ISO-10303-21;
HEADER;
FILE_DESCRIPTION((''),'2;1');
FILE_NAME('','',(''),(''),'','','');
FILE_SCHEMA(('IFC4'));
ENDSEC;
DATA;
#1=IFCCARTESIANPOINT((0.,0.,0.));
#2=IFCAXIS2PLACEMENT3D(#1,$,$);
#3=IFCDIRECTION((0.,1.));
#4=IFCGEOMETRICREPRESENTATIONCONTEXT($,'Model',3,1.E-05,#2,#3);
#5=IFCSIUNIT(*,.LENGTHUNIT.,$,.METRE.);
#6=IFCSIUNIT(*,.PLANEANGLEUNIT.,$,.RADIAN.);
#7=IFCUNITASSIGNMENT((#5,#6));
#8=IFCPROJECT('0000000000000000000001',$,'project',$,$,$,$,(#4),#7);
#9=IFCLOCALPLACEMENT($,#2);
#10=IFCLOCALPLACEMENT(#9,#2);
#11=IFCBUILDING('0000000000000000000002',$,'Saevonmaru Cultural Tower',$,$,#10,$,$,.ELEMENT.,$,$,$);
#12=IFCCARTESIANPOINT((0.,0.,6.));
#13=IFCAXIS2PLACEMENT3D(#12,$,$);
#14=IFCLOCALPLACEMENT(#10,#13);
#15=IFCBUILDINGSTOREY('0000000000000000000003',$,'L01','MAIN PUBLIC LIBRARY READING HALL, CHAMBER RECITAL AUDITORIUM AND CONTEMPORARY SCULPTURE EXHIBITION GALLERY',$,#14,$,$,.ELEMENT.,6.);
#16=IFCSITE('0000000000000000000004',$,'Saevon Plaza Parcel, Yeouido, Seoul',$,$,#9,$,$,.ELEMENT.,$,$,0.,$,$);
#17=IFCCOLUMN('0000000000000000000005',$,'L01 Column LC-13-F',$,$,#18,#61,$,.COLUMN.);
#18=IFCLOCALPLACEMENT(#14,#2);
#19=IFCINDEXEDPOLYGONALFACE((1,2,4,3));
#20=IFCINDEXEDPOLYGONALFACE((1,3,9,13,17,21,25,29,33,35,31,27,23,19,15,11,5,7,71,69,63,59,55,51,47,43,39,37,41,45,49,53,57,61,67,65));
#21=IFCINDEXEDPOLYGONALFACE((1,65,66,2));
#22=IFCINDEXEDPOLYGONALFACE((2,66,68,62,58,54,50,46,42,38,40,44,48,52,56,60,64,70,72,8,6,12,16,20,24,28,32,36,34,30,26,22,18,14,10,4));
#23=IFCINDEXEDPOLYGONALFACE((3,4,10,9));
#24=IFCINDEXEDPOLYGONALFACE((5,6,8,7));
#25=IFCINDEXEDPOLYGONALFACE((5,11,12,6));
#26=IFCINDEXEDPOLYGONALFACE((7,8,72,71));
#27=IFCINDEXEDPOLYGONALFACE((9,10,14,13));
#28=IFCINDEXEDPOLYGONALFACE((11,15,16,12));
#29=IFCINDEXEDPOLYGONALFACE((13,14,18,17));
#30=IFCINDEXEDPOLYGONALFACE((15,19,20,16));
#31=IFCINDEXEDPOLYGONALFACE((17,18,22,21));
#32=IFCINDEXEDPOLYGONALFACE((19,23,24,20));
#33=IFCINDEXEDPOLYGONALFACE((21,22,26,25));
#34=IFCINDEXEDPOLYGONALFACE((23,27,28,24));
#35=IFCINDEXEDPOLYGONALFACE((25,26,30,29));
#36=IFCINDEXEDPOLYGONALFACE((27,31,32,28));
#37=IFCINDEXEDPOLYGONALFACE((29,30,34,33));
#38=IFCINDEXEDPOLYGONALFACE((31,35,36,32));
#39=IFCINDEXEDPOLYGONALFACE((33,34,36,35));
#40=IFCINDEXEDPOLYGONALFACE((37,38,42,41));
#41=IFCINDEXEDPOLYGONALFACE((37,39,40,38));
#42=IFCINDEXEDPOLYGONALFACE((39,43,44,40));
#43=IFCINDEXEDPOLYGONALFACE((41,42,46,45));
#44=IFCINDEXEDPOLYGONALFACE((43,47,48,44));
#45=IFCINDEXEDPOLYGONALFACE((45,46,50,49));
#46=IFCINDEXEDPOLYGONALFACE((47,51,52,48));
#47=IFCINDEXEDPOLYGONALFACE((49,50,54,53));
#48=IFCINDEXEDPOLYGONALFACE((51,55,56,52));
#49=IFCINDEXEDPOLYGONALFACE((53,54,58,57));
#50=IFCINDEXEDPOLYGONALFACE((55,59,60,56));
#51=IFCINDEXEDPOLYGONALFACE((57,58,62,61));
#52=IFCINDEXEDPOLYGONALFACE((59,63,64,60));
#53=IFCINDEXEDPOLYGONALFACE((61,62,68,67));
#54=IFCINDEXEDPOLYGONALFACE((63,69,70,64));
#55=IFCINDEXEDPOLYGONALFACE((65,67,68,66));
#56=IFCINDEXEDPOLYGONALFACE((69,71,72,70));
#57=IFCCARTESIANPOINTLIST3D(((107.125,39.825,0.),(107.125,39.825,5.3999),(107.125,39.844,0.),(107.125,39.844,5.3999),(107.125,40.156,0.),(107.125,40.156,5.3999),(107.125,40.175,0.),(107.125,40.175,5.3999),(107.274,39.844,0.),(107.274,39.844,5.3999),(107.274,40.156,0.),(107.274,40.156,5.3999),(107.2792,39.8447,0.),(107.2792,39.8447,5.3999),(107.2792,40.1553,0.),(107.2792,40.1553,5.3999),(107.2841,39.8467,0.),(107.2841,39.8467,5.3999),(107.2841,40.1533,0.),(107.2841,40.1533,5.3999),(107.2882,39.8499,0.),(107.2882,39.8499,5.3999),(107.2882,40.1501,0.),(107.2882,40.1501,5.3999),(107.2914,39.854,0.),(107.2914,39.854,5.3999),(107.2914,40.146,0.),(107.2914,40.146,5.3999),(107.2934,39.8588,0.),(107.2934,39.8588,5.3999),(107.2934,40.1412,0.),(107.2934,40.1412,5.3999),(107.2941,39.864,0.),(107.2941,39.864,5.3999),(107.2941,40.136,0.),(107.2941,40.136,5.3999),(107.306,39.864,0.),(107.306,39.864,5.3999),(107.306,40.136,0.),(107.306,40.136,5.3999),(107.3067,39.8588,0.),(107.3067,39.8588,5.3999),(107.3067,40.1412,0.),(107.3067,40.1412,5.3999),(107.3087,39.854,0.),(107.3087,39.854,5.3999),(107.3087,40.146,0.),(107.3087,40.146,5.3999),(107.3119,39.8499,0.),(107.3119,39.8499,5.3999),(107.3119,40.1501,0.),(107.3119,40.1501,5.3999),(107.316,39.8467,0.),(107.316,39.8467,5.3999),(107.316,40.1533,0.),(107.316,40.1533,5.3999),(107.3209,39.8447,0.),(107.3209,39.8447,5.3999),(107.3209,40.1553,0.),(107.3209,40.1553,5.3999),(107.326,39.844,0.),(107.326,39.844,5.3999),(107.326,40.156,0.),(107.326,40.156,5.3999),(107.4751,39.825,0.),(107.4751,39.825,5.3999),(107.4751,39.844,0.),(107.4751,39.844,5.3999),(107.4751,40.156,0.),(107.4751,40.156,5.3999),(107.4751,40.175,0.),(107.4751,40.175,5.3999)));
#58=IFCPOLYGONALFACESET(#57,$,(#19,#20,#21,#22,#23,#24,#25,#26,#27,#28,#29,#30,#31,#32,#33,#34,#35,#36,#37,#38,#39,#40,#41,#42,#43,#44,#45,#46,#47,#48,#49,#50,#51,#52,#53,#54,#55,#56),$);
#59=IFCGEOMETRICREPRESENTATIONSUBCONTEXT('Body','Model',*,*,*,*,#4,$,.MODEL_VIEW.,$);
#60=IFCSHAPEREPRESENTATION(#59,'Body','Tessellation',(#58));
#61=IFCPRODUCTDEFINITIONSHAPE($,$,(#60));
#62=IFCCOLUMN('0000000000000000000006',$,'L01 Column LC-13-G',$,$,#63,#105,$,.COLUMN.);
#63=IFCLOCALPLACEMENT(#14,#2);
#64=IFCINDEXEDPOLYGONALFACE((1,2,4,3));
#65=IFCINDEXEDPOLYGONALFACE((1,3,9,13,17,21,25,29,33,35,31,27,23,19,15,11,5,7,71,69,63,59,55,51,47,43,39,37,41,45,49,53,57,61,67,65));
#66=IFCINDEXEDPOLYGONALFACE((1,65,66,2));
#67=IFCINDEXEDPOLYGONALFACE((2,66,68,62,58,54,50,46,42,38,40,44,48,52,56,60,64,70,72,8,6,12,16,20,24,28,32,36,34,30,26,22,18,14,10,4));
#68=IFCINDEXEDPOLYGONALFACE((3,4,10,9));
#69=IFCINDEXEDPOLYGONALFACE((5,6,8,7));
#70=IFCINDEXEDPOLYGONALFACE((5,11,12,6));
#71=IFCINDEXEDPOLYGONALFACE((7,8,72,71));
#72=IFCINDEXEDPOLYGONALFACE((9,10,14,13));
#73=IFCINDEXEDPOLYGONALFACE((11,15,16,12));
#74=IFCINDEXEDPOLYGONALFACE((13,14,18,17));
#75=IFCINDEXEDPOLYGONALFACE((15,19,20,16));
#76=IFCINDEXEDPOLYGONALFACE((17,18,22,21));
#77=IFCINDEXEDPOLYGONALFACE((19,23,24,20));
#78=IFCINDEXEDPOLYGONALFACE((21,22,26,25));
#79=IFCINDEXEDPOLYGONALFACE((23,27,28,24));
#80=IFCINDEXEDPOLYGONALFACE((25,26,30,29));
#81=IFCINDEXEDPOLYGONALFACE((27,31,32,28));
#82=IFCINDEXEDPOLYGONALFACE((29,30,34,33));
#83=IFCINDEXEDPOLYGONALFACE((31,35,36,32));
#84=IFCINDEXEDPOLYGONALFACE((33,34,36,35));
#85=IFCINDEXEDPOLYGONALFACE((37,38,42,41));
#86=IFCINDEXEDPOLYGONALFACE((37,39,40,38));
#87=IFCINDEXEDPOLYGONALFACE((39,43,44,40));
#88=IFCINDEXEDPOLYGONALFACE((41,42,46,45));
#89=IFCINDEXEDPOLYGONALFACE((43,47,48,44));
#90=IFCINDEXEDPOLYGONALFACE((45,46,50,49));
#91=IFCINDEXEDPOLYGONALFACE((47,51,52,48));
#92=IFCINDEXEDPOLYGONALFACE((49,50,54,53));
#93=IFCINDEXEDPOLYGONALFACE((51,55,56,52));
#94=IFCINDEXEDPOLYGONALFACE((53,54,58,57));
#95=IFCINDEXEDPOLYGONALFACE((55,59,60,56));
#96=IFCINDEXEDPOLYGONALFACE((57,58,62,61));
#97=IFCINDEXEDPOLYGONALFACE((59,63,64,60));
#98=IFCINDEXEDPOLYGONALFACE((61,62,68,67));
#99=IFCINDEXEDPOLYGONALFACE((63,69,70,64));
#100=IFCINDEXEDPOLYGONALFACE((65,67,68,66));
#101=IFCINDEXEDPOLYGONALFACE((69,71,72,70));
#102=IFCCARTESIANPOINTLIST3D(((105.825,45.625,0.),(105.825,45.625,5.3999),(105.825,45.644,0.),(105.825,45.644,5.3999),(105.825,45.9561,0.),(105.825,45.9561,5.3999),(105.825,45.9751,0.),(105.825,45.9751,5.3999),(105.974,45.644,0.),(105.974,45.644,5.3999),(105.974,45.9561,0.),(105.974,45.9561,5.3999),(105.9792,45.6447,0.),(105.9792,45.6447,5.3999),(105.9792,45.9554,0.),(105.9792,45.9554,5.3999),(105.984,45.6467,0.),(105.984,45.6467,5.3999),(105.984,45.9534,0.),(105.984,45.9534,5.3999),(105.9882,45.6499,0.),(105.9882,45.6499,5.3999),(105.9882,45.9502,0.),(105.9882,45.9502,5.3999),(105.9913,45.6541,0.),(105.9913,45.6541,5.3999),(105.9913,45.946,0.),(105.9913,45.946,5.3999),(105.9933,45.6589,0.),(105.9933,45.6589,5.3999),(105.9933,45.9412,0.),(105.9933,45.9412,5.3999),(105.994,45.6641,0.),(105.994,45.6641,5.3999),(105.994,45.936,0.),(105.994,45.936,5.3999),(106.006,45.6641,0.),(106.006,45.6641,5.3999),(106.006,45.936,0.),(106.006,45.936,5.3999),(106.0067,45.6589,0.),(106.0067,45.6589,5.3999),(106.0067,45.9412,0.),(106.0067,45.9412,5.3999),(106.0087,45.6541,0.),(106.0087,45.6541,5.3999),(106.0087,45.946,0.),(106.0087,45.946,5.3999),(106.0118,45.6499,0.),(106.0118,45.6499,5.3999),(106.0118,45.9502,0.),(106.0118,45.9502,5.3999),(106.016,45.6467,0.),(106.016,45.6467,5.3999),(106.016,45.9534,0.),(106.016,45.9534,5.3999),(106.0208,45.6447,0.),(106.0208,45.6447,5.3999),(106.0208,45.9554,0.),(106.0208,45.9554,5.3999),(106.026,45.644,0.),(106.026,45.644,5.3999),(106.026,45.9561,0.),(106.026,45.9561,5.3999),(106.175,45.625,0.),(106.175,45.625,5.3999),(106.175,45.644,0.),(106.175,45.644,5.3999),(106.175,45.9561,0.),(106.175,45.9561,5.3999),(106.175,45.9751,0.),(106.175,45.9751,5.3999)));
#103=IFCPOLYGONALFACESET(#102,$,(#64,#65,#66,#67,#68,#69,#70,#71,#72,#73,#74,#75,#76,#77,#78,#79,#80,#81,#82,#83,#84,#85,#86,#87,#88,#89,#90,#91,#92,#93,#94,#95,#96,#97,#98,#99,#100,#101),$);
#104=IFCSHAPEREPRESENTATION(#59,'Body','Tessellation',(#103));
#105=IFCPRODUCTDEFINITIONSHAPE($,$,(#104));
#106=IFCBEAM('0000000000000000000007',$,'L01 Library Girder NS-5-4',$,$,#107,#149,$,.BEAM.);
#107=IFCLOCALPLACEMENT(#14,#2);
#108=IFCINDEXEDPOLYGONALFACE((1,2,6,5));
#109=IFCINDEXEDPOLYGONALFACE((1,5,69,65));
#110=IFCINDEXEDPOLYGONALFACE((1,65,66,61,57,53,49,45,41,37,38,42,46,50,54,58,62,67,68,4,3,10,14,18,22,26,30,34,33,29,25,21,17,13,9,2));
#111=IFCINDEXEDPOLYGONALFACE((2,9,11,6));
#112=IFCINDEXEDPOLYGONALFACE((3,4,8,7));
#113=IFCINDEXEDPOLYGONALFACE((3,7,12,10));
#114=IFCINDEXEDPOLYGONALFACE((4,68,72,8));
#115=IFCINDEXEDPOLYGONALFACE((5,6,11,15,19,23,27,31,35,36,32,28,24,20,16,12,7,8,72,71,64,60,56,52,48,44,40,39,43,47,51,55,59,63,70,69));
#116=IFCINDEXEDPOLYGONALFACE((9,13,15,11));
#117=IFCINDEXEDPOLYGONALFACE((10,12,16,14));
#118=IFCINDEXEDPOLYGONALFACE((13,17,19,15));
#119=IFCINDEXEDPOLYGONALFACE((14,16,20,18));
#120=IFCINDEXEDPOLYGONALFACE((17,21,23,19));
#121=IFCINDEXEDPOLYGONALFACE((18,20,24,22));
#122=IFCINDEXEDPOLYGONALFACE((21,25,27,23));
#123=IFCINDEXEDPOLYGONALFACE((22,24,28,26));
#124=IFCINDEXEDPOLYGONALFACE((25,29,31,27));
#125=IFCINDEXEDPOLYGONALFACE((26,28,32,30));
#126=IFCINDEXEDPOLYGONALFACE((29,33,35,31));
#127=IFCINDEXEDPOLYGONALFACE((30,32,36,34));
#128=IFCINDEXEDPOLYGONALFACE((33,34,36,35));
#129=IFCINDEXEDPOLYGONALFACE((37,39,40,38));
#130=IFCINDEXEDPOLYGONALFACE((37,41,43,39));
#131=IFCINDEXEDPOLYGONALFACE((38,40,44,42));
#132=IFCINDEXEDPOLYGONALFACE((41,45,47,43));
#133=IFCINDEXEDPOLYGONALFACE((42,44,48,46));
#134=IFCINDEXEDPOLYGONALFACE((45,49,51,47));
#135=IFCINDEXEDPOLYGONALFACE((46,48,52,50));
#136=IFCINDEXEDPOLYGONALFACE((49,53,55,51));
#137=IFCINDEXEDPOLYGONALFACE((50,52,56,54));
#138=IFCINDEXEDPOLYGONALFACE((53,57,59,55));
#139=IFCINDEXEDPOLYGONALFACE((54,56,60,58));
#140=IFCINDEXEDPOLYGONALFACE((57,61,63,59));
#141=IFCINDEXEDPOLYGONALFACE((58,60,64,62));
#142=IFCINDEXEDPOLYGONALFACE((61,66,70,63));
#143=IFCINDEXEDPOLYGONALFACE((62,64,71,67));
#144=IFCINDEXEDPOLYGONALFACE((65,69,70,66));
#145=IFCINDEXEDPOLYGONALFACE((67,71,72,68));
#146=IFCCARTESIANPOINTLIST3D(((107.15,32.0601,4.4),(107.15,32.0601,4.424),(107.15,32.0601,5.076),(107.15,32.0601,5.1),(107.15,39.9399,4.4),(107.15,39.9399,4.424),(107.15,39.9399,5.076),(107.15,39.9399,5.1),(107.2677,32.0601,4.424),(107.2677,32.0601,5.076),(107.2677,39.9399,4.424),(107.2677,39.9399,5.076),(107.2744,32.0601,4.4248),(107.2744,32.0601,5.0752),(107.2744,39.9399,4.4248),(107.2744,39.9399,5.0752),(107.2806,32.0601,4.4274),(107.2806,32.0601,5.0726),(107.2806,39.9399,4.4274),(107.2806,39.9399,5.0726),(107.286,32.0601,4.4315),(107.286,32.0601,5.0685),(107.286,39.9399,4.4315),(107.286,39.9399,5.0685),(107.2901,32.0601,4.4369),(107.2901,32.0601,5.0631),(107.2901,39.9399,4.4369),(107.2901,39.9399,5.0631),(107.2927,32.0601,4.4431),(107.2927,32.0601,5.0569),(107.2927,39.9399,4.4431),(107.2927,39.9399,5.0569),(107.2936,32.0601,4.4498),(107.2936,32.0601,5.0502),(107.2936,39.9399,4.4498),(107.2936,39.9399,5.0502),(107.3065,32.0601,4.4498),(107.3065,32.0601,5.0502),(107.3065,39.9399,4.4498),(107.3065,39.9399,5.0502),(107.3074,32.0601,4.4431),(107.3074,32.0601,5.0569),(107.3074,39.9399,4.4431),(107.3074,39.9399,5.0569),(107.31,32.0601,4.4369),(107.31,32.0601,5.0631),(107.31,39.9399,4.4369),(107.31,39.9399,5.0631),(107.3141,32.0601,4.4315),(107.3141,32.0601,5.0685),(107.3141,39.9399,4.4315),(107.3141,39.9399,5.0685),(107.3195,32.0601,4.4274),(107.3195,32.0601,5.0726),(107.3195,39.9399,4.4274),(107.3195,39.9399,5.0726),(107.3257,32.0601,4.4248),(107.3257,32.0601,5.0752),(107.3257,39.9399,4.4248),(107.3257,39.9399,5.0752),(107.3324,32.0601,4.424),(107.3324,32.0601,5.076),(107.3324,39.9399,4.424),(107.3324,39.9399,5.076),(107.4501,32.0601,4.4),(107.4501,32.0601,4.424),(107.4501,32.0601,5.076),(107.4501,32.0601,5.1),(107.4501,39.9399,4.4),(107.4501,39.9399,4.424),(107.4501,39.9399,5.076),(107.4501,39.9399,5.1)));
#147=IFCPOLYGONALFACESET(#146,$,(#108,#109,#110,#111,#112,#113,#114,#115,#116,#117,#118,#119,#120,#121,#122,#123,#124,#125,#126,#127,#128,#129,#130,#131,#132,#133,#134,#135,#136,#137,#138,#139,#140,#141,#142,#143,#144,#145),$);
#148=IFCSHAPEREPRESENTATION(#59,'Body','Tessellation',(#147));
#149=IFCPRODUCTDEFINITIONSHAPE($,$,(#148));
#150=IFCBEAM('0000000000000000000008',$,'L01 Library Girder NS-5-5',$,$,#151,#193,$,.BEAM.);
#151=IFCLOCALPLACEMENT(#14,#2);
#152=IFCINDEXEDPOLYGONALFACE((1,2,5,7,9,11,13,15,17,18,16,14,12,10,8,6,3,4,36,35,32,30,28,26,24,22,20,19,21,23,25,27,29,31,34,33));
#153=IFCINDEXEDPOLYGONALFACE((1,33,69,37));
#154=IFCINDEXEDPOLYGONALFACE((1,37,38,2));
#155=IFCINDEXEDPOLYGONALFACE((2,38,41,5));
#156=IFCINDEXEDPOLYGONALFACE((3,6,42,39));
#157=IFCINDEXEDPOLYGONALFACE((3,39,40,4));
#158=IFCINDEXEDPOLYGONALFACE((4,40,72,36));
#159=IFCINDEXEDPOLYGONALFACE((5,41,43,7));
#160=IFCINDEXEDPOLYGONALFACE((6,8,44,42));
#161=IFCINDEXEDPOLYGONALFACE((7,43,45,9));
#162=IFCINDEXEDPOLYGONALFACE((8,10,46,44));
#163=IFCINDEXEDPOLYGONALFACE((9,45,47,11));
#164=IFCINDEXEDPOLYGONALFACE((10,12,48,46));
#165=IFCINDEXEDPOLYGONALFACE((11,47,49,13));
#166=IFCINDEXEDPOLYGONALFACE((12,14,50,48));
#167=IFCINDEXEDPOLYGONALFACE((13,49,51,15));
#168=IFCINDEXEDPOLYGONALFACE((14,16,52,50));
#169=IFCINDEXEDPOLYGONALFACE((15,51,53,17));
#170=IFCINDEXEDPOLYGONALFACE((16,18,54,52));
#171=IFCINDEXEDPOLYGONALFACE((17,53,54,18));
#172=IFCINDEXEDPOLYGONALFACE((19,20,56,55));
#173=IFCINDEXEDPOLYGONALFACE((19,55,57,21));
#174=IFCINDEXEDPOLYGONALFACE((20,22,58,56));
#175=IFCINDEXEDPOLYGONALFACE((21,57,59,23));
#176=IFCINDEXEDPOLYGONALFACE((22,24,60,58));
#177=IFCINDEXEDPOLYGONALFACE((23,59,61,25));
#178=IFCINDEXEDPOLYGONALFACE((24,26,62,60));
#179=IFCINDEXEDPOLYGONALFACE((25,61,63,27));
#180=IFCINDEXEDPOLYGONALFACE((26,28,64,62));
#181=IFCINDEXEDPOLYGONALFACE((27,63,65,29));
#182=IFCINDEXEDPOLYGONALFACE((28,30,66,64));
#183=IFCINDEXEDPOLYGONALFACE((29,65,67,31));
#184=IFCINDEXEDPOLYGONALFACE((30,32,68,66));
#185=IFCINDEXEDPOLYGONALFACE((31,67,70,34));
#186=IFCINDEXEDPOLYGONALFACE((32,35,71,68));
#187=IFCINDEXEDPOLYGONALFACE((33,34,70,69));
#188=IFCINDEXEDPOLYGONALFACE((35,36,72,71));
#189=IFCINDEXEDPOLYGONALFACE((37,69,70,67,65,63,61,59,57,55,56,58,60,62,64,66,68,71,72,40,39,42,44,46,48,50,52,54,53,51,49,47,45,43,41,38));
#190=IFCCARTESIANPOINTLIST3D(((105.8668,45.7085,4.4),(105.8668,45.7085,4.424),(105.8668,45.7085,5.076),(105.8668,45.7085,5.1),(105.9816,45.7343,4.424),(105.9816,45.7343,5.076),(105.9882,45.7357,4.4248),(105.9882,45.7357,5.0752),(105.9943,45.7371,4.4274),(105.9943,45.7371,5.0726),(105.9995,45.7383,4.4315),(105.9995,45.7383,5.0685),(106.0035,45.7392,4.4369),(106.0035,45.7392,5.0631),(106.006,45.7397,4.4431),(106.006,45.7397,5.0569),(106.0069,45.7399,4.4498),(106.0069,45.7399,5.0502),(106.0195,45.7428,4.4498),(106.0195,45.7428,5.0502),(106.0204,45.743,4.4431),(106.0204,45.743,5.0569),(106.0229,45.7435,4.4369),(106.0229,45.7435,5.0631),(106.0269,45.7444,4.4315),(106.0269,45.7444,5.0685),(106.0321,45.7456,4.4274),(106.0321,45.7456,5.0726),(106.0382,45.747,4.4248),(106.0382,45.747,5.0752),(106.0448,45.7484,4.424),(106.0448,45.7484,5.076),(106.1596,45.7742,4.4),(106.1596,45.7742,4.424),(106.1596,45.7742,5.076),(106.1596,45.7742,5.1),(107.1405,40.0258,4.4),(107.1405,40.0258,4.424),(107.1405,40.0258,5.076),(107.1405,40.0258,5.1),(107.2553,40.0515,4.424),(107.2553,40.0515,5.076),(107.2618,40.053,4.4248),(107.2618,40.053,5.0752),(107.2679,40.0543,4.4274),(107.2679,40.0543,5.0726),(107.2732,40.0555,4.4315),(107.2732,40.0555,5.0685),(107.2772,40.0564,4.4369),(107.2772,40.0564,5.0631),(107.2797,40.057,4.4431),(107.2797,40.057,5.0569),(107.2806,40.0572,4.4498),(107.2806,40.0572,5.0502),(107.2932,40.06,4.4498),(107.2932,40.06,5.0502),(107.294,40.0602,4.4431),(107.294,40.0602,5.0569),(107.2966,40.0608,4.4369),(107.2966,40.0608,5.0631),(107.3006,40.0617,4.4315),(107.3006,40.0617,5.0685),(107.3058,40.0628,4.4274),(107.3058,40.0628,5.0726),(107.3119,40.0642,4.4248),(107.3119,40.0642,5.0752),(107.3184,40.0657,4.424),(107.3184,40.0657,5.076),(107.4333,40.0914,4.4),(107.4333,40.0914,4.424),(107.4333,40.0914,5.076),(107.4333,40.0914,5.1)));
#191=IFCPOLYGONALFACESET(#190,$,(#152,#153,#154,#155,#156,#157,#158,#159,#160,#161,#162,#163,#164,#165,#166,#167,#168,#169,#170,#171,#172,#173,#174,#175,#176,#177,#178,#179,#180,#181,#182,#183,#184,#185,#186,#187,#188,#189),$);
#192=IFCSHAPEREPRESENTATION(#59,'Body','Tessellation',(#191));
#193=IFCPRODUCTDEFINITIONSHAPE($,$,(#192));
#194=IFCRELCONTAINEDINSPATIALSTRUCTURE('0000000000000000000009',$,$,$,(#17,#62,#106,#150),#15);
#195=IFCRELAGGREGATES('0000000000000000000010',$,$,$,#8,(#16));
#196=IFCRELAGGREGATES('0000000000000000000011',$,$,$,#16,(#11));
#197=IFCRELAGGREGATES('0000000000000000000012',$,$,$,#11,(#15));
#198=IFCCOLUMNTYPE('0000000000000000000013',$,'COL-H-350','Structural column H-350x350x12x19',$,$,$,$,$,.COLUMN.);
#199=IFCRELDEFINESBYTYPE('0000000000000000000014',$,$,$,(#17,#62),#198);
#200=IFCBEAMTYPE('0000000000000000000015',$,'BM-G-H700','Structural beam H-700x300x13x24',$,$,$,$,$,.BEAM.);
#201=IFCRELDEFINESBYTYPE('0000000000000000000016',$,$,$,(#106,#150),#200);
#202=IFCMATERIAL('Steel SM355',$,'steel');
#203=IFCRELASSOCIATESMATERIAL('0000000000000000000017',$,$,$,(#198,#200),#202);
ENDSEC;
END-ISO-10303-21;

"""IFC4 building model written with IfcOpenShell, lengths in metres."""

from ifc_helpers import new_model, si_unit, direction, frame, origin, origin_2d, place, context, subcontext, project, spatial, i_section, extrude, material, material_profile, profile_set, type_object, element, save


model = new_model("IFC4")

# Units and contexts
model_context = context("Model", 3, precision=1e-05, world=origin(), true_north=direction((0.0, 1.0)))
body_context = subcontext(model_context, "Body", "Model", "MODEL_VIEW")
ifc_project = project(units=[si_unit("LENGTHUNIT", "METRE"), si_unit("PLANEANGLEUNIT", "RADIAN")], contexts=[model_context])

# Site, building, storey
site_placement = place(None, origin())
site = spatial("IfcSite", under=ifc_project, at=site_placement, Name="Saevon Plaza Parcel, Yeouido, Seoul", CompositionType="ELEMENT", RefElevation=0.0)
building_placement = place(site_placement, origin())
building = spatial("IfcBuilding", under=site, at=building_placement, Name="Saevonmaru Cultural Tower", CompositionType="ELEMENT")
storey_placement = place(building_placement, frame((0.0, 0.0, 6.0)))
storey = spatial("IfcBuildingStorey", under=building, at=storey_placement, Name="L01", Description="MAIN PUBLIC LIBRARY READING HALL, CHAMBER RECITAL AUDITORIUM AND CONTEMPORARY SCULPTURE EXHIBITION GALLERY", CompositionType="ELEMENT", Elevation=6.0)

# Columns
ifc_material_1 = material(Name="Steel SM355", Category="steel")
ifc_material_profile_1 = material_profile(ifc_material_1, i_section(OverallWidth=0.3501, OverallDepth=0.3501, WebThickness=0.012, FlangeThickness=0.019, FilletRadius=0.02, at=origin_2d()), Name="H-350x350x12x19")
ifc_profile_set_1 = profile_set([ifc_material_profile_1], Name="Steel SM355")
column_type = type_object("IfcColumnType", Name="COL-H-350", Description="Structural column H-350x350x12x19", PredefinedType="COLUMN", material=ifc_profile_set_1)
for number, where, z_axis, x_axis, name in (
    (1, (107.3, 40.0, 0.0), (0.0, 0.0, 1.0), (1.0, 0.0, 0.0), "L01 Column LC-13-F"),
    (2, (106.0, 45.8, 0.0), (0.0, 0.0, 1.0), (1.0, 0.0, 0.0), "L01 Column LC-13-G"),
):
    element("IfcColumn", number, at=place(storey_placement, frame(where, z_axis=z_axis, x_axis=x_axis)), inside=storey, type_object=column_type, Name=name, PredefinedType="COLUMN", context=body_context, shape_type="SweptSolid", body=[
        extrude(i_section(OverallWidth=0.3501, OverallDepth=0.3501, WebThickness=0.012, FlangeThickness=0.019, FilletRadius=0.02, at=origin_2d()), origin(), (0.0, 0.0, 1.0), 5.3999),
    ])

# Beams
ifc_material_profile_2 = material_profile(ifc_material_1, i_section(OverallWidth=0.3, OverallDepth=0.7, WebThickness=0.0129, FlangeThickness=0.0239, FilletRadius=0.0259, at=origin_2d()), Name="H-700x300x13x24")
ifc_profile_set_2 = profile_set([ifc_material_profile_2], Name="Steel SM355")
beam_type = type_object("IfcBeamType", Name="BM-G-H700", Description="Structural beam H-700x300x13x24", PredefinedType="BEAM", material=ifc_profile_set_2)
beam_1_placement = place(storey_placement, frame((107.3, 32.0601, 4.75), z_axis=(0.0, 1.0, 0.0), x_axis=(-1.0, 0.0, 0.0)))
element("IfcBeam", 3, at=beam_1_placement, inside=storey, type_object=beam_type, Name="L01 Library Girder NS-5-4", PredefinedType="BEAM", context=body_context, shape_type="SweptSolid", body=[
    extrude(i_section(OverallWidth=0.3, OverallDepth=0.7, WebThickness=0.0129, FlangeThickness=0.0239, FilletRadius=0.0259, at=origin_2d()), origin(), (0.0, 0.0, 1.0), 7.8799),
])
beam_2_placement = place(storey_placement, frame((107.2869, 40.0586, 4.75), z_axis=(-0.218701, 0.975792, 0.0), x_axis=(-0.975792, -0.218701, 0.0)))
element("IfcBeam", 4, at=beam_2_placement, inside=storey, type_object=beam_type, Name="L01 Library Girder NS-5-5", PredefinedType="BEAM", context=body_context, shape_type="SweptSolid", body=[
    extrude(i_section(OverallWidth=0.3, OverallDepth=0.7, WebThickness=0.0129, FlangeThickness=0.0239, FilletRadius=0.0259, at=origin_2d()), origin(), (0.0, 0.0, 1.0), 5.8237),
])

save(model, "model.ifc")
